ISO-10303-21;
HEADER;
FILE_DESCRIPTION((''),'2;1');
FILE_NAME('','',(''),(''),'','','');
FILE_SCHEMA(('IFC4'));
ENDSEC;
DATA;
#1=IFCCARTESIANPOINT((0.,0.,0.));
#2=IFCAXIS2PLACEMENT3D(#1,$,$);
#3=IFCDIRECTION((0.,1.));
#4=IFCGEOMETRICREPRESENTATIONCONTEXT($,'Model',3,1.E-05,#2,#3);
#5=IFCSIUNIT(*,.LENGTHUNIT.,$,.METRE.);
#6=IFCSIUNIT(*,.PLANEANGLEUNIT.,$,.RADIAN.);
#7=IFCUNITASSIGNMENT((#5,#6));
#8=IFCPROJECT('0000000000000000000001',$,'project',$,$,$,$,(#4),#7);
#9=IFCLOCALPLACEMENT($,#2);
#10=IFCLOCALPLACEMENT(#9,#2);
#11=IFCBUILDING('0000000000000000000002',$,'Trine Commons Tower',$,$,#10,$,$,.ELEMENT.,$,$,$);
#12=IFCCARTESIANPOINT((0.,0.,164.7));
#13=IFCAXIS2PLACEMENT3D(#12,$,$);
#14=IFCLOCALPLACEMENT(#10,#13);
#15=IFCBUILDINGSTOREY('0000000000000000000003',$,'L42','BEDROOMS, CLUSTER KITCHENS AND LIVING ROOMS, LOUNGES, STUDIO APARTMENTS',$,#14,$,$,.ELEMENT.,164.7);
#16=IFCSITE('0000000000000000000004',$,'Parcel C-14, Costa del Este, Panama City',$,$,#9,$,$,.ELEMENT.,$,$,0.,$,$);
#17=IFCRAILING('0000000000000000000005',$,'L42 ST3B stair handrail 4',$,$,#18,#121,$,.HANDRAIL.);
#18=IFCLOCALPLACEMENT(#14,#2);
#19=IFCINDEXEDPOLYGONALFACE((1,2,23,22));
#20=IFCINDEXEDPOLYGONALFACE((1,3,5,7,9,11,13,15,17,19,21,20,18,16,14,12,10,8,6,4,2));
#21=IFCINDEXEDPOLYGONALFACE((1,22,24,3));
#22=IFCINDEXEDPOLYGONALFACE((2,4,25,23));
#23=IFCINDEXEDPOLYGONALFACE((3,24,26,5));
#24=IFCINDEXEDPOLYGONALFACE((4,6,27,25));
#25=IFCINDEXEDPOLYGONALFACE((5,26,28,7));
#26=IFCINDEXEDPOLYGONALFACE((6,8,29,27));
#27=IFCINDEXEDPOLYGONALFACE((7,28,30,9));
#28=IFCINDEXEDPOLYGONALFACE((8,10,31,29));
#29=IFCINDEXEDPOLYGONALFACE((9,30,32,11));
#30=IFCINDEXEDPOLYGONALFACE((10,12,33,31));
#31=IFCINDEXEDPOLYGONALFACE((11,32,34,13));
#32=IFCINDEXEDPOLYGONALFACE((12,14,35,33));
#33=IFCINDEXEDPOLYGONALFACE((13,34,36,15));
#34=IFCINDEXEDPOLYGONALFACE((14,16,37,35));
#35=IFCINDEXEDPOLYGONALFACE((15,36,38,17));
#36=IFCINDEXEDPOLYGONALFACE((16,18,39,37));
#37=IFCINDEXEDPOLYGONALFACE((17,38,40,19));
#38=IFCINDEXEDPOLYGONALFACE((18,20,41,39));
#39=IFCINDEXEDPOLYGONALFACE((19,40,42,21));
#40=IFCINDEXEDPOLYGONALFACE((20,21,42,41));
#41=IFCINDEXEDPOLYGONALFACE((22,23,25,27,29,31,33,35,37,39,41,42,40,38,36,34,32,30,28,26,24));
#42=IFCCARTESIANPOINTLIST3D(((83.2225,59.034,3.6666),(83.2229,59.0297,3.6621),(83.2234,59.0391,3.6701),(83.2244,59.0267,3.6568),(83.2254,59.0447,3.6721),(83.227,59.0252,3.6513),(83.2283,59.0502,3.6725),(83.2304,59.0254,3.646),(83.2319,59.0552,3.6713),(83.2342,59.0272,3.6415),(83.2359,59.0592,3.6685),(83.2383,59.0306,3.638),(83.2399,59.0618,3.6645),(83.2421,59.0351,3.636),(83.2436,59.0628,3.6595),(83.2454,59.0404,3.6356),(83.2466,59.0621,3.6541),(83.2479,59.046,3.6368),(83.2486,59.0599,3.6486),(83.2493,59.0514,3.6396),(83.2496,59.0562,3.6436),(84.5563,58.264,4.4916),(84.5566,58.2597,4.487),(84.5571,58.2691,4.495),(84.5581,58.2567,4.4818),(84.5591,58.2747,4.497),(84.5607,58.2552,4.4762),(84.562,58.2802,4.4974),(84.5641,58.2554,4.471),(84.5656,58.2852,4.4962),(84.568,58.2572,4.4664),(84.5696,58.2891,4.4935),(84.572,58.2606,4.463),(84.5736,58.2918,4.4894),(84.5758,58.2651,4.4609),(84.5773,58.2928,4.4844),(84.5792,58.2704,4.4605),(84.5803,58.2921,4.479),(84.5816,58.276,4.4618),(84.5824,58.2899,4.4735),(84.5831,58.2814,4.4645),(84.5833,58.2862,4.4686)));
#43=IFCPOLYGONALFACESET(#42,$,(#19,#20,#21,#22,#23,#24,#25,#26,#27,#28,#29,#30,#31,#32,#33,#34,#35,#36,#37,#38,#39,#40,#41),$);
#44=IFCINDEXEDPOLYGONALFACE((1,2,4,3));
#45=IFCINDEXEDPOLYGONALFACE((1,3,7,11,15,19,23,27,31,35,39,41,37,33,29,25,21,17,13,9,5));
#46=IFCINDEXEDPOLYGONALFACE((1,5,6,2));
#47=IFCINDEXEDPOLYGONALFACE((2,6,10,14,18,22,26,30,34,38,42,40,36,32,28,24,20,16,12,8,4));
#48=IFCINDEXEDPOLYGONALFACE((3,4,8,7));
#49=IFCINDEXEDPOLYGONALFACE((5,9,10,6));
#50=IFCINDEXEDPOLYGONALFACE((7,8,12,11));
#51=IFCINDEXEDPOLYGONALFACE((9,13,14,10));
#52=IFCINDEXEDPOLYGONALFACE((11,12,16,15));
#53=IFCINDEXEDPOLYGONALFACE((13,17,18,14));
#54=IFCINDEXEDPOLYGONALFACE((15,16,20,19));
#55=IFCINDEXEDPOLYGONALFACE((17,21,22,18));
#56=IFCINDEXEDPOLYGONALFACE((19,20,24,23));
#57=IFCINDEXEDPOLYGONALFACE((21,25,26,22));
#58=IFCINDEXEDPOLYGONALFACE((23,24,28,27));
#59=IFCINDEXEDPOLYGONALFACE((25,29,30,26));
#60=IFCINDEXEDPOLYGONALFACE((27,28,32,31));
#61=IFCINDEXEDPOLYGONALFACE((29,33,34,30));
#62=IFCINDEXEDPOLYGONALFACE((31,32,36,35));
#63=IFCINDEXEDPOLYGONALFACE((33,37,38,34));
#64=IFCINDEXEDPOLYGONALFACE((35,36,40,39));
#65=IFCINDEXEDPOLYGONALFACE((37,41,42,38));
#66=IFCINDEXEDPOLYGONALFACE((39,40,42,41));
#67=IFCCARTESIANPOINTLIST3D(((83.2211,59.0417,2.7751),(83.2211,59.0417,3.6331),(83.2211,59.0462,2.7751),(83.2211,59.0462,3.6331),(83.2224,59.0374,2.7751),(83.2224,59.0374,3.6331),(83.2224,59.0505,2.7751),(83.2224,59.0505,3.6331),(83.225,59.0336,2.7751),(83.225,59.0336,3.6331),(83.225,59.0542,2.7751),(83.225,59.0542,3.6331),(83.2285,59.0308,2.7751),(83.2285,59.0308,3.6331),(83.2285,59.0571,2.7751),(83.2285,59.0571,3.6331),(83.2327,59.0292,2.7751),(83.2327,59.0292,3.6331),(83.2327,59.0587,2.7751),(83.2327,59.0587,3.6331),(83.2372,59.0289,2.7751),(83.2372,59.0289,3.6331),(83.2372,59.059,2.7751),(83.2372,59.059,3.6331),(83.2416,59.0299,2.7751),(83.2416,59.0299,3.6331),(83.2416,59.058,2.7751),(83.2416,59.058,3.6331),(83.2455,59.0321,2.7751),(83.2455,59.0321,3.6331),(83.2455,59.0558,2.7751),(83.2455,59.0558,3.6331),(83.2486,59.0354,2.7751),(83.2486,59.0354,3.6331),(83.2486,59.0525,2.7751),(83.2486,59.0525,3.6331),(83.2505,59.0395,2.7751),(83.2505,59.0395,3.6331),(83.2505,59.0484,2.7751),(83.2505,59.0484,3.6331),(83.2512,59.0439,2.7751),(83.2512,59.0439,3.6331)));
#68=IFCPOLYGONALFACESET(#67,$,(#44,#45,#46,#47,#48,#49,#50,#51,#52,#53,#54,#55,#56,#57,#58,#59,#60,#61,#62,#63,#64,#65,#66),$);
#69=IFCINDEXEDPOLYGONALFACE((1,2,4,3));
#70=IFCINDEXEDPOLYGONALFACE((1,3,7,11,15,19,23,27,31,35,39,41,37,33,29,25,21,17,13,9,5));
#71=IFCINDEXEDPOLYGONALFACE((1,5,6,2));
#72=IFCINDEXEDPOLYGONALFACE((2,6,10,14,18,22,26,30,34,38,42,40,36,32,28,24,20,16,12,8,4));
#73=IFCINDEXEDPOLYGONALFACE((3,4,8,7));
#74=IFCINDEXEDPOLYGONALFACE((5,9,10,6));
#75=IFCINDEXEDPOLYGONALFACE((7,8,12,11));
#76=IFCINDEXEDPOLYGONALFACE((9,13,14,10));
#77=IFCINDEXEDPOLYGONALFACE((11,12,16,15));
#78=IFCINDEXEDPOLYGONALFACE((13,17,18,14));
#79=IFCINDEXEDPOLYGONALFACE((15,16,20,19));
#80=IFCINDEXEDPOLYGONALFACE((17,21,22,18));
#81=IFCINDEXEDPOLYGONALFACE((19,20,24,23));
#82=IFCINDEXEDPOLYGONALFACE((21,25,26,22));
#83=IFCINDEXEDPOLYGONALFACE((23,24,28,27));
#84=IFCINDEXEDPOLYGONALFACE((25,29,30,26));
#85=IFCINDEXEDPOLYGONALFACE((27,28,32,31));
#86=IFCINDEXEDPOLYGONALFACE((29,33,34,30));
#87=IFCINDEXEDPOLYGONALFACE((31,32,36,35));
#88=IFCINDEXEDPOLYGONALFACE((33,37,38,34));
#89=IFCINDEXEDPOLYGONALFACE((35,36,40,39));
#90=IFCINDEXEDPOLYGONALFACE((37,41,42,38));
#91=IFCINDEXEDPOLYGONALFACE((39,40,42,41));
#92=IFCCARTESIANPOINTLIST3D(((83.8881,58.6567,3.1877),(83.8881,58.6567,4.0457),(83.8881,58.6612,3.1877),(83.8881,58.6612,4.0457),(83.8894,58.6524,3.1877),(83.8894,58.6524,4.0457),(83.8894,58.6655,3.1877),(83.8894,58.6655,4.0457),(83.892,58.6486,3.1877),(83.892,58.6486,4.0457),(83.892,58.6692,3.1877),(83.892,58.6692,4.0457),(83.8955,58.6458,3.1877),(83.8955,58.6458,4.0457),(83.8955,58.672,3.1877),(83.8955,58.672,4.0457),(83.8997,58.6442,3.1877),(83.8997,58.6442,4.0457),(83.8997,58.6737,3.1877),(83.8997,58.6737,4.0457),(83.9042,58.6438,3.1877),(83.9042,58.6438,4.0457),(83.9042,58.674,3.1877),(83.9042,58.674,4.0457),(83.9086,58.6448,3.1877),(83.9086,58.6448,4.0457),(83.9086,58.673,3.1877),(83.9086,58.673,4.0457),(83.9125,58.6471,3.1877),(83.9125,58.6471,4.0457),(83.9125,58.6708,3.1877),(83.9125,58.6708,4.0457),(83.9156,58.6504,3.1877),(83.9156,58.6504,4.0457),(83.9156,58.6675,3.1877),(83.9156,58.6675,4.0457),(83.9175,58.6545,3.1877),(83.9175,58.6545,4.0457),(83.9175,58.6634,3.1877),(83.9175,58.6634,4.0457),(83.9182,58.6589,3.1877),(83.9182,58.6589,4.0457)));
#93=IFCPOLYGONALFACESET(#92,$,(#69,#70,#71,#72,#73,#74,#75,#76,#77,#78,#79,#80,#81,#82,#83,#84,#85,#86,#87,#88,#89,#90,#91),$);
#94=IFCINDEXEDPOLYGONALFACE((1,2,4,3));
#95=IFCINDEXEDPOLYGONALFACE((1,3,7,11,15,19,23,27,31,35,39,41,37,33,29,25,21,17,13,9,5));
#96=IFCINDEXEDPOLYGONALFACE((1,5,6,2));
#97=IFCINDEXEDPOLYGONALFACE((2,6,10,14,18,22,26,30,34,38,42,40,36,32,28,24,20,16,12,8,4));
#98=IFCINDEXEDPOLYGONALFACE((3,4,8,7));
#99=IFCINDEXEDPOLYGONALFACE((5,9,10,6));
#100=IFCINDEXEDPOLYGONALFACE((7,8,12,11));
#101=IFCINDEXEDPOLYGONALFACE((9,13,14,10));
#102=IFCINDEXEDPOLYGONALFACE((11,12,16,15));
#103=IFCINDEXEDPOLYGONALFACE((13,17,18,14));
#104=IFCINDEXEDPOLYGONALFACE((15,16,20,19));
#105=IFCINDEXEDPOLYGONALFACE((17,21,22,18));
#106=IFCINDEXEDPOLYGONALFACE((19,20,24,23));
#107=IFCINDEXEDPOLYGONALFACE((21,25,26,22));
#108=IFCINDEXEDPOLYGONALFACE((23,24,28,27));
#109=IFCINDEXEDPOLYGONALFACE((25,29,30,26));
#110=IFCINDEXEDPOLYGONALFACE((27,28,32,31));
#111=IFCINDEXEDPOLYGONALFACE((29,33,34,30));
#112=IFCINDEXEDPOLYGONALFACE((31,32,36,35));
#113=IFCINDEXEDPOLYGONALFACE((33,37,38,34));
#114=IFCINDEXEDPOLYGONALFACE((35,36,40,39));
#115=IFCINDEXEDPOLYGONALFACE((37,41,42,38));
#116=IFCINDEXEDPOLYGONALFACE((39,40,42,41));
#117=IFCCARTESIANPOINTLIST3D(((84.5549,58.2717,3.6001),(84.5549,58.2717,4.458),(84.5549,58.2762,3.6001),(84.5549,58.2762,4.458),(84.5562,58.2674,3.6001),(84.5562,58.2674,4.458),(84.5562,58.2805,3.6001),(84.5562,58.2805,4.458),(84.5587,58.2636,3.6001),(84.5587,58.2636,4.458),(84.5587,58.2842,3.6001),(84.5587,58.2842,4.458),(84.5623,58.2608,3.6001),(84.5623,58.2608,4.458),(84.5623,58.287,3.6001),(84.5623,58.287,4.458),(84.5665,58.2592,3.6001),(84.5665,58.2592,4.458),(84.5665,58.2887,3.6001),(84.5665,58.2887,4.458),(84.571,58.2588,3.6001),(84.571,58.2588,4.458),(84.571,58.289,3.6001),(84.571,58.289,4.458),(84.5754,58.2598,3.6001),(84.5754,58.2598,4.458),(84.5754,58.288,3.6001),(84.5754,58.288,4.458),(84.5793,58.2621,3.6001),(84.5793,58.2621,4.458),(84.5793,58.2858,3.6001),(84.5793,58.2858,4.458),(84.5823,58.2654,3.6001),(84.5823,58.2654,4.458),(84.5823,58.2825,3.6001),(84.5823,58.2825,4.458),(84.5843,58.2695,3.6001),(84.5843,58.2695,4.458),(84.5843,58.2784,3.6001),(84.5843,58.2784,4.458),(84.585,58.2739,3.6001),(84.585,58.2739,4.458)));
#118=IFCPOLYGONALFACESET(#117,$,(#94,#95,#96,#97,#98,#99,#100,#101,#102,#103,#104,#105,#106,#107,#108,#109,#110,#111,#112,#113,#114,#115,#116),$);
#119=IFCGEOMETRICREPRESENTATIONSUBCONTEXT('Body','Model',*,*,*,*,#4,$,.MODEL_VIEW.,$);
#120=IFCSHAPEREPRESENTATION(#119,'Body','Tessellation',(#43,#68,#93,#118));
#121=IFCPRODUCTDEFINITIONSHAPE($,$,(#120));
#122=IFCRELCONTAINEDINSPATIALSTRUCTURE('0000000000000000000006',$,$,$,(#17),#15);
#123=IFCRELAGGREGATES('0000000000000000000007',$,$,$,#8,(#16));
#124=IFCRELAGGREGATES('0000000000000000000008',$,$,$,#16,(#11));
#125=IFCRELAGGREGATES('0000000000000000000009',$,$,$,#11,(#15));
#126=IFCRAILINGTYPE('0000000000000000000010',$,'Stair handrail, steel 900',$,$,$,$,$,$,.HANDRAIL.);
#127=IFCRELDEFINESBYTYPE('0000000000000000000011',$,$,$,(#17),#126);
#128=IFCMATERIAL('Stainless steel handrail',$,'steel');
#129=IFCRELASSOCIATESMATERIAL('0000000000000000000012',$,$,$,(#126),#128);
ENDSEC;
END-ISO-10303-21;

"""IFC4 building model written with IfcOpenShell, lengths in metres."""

from ifc_helpers import new_model, si_unit, direction, frame, origin, origin_2d, place, context, subcontext, project, spatial, circle, extrude, material, type_object, element, save


model = new_model("IFC4")

# Units and contexts
model_context = context("Model", 3, precision=1e-05, world=origin(), true_north=direction((0.0, 1.0)))
body_context = subcontext(model_context, "Body", "Model", "MODEL_VIEW")
ifc_project = project(units=[si_unit("LENGTHUNIT", "METRE"), si_unit("PLANEANGLEUNIT", "RADIAN")], contexts=[model_context])

# Site, building, storey
site_placement = place(None, origin())
site = spatial("IfcSite", under=ifc_project, at=site_placement, Name="Parcel C-14, Costa del Este, Panama City", CompositionType="ELEMENT", RefElevation=0.0)
building_placement = place(site_placement, origin())
building = spatial("IfcBuilding", under=site, at=building_placement, Name="Trine Commons Tower", CompositionType="ELEMENT")
storey_placement = place(building_placement, frame((0.0, 0.0, 164.7)))
storey = spatial("IfcBuildingStorey", under=building, at=storey_placement, Name="L42", Description="BEDROOMS, CLUSTER KITCHENS AND LIVING ROOMS, LOUNGES, STUDIO APARTMENTS", CompositionType="ELEMENT", Elevation=164.7)

# Railing
ifc_material_1 = material(Name="Stainless steel handrail", Category="steel")
railing_type_1 = type_object("IfcRailingType", Name="Stair handrail, steel 900", PredefinedType="HANDRAIL", material=ifc_material_1)
railing_1_placement = place(storey_placement, frame((83.2361, 59.0439, 2.7751)))
element("IfcRailing", 1, at=railing_1_placement, inside=storey, type_object=railing_type_1, Name="L42 ST3B stair handrail 4", PredefinedType="HANDRAIL", context=body_context, shape_type="SweptSolid", body=[
    extrude(circle(Radius=0.021, at=origin_2d()), frame((0.0, 0.0, 0.8789), z_axis=(0.763405, -0.440743, 0.472185), x_axis=(0.499992, 0.86603, 0.0)), (0.0, 0.0, 1.0), 1.7471),
    extrude(circle(Radius=0.0151, at=origin_2d()), origin(), (0.0, 0.0, 1.0), 0.8579),
    extrude(circle(Radius=0.0151, at=origin_2d()), frame((0.667, -0.385, 0.4126)), (0.0, 0.0, 1.0), 0.8579),
    extrude(circle(Radius=0.0151, at=origin_2d()), frame((1.3337, -0.77, 0.825)), (0.0, 0.0, 1.0), 0.8579),
])

save(model, "model.ifc")
